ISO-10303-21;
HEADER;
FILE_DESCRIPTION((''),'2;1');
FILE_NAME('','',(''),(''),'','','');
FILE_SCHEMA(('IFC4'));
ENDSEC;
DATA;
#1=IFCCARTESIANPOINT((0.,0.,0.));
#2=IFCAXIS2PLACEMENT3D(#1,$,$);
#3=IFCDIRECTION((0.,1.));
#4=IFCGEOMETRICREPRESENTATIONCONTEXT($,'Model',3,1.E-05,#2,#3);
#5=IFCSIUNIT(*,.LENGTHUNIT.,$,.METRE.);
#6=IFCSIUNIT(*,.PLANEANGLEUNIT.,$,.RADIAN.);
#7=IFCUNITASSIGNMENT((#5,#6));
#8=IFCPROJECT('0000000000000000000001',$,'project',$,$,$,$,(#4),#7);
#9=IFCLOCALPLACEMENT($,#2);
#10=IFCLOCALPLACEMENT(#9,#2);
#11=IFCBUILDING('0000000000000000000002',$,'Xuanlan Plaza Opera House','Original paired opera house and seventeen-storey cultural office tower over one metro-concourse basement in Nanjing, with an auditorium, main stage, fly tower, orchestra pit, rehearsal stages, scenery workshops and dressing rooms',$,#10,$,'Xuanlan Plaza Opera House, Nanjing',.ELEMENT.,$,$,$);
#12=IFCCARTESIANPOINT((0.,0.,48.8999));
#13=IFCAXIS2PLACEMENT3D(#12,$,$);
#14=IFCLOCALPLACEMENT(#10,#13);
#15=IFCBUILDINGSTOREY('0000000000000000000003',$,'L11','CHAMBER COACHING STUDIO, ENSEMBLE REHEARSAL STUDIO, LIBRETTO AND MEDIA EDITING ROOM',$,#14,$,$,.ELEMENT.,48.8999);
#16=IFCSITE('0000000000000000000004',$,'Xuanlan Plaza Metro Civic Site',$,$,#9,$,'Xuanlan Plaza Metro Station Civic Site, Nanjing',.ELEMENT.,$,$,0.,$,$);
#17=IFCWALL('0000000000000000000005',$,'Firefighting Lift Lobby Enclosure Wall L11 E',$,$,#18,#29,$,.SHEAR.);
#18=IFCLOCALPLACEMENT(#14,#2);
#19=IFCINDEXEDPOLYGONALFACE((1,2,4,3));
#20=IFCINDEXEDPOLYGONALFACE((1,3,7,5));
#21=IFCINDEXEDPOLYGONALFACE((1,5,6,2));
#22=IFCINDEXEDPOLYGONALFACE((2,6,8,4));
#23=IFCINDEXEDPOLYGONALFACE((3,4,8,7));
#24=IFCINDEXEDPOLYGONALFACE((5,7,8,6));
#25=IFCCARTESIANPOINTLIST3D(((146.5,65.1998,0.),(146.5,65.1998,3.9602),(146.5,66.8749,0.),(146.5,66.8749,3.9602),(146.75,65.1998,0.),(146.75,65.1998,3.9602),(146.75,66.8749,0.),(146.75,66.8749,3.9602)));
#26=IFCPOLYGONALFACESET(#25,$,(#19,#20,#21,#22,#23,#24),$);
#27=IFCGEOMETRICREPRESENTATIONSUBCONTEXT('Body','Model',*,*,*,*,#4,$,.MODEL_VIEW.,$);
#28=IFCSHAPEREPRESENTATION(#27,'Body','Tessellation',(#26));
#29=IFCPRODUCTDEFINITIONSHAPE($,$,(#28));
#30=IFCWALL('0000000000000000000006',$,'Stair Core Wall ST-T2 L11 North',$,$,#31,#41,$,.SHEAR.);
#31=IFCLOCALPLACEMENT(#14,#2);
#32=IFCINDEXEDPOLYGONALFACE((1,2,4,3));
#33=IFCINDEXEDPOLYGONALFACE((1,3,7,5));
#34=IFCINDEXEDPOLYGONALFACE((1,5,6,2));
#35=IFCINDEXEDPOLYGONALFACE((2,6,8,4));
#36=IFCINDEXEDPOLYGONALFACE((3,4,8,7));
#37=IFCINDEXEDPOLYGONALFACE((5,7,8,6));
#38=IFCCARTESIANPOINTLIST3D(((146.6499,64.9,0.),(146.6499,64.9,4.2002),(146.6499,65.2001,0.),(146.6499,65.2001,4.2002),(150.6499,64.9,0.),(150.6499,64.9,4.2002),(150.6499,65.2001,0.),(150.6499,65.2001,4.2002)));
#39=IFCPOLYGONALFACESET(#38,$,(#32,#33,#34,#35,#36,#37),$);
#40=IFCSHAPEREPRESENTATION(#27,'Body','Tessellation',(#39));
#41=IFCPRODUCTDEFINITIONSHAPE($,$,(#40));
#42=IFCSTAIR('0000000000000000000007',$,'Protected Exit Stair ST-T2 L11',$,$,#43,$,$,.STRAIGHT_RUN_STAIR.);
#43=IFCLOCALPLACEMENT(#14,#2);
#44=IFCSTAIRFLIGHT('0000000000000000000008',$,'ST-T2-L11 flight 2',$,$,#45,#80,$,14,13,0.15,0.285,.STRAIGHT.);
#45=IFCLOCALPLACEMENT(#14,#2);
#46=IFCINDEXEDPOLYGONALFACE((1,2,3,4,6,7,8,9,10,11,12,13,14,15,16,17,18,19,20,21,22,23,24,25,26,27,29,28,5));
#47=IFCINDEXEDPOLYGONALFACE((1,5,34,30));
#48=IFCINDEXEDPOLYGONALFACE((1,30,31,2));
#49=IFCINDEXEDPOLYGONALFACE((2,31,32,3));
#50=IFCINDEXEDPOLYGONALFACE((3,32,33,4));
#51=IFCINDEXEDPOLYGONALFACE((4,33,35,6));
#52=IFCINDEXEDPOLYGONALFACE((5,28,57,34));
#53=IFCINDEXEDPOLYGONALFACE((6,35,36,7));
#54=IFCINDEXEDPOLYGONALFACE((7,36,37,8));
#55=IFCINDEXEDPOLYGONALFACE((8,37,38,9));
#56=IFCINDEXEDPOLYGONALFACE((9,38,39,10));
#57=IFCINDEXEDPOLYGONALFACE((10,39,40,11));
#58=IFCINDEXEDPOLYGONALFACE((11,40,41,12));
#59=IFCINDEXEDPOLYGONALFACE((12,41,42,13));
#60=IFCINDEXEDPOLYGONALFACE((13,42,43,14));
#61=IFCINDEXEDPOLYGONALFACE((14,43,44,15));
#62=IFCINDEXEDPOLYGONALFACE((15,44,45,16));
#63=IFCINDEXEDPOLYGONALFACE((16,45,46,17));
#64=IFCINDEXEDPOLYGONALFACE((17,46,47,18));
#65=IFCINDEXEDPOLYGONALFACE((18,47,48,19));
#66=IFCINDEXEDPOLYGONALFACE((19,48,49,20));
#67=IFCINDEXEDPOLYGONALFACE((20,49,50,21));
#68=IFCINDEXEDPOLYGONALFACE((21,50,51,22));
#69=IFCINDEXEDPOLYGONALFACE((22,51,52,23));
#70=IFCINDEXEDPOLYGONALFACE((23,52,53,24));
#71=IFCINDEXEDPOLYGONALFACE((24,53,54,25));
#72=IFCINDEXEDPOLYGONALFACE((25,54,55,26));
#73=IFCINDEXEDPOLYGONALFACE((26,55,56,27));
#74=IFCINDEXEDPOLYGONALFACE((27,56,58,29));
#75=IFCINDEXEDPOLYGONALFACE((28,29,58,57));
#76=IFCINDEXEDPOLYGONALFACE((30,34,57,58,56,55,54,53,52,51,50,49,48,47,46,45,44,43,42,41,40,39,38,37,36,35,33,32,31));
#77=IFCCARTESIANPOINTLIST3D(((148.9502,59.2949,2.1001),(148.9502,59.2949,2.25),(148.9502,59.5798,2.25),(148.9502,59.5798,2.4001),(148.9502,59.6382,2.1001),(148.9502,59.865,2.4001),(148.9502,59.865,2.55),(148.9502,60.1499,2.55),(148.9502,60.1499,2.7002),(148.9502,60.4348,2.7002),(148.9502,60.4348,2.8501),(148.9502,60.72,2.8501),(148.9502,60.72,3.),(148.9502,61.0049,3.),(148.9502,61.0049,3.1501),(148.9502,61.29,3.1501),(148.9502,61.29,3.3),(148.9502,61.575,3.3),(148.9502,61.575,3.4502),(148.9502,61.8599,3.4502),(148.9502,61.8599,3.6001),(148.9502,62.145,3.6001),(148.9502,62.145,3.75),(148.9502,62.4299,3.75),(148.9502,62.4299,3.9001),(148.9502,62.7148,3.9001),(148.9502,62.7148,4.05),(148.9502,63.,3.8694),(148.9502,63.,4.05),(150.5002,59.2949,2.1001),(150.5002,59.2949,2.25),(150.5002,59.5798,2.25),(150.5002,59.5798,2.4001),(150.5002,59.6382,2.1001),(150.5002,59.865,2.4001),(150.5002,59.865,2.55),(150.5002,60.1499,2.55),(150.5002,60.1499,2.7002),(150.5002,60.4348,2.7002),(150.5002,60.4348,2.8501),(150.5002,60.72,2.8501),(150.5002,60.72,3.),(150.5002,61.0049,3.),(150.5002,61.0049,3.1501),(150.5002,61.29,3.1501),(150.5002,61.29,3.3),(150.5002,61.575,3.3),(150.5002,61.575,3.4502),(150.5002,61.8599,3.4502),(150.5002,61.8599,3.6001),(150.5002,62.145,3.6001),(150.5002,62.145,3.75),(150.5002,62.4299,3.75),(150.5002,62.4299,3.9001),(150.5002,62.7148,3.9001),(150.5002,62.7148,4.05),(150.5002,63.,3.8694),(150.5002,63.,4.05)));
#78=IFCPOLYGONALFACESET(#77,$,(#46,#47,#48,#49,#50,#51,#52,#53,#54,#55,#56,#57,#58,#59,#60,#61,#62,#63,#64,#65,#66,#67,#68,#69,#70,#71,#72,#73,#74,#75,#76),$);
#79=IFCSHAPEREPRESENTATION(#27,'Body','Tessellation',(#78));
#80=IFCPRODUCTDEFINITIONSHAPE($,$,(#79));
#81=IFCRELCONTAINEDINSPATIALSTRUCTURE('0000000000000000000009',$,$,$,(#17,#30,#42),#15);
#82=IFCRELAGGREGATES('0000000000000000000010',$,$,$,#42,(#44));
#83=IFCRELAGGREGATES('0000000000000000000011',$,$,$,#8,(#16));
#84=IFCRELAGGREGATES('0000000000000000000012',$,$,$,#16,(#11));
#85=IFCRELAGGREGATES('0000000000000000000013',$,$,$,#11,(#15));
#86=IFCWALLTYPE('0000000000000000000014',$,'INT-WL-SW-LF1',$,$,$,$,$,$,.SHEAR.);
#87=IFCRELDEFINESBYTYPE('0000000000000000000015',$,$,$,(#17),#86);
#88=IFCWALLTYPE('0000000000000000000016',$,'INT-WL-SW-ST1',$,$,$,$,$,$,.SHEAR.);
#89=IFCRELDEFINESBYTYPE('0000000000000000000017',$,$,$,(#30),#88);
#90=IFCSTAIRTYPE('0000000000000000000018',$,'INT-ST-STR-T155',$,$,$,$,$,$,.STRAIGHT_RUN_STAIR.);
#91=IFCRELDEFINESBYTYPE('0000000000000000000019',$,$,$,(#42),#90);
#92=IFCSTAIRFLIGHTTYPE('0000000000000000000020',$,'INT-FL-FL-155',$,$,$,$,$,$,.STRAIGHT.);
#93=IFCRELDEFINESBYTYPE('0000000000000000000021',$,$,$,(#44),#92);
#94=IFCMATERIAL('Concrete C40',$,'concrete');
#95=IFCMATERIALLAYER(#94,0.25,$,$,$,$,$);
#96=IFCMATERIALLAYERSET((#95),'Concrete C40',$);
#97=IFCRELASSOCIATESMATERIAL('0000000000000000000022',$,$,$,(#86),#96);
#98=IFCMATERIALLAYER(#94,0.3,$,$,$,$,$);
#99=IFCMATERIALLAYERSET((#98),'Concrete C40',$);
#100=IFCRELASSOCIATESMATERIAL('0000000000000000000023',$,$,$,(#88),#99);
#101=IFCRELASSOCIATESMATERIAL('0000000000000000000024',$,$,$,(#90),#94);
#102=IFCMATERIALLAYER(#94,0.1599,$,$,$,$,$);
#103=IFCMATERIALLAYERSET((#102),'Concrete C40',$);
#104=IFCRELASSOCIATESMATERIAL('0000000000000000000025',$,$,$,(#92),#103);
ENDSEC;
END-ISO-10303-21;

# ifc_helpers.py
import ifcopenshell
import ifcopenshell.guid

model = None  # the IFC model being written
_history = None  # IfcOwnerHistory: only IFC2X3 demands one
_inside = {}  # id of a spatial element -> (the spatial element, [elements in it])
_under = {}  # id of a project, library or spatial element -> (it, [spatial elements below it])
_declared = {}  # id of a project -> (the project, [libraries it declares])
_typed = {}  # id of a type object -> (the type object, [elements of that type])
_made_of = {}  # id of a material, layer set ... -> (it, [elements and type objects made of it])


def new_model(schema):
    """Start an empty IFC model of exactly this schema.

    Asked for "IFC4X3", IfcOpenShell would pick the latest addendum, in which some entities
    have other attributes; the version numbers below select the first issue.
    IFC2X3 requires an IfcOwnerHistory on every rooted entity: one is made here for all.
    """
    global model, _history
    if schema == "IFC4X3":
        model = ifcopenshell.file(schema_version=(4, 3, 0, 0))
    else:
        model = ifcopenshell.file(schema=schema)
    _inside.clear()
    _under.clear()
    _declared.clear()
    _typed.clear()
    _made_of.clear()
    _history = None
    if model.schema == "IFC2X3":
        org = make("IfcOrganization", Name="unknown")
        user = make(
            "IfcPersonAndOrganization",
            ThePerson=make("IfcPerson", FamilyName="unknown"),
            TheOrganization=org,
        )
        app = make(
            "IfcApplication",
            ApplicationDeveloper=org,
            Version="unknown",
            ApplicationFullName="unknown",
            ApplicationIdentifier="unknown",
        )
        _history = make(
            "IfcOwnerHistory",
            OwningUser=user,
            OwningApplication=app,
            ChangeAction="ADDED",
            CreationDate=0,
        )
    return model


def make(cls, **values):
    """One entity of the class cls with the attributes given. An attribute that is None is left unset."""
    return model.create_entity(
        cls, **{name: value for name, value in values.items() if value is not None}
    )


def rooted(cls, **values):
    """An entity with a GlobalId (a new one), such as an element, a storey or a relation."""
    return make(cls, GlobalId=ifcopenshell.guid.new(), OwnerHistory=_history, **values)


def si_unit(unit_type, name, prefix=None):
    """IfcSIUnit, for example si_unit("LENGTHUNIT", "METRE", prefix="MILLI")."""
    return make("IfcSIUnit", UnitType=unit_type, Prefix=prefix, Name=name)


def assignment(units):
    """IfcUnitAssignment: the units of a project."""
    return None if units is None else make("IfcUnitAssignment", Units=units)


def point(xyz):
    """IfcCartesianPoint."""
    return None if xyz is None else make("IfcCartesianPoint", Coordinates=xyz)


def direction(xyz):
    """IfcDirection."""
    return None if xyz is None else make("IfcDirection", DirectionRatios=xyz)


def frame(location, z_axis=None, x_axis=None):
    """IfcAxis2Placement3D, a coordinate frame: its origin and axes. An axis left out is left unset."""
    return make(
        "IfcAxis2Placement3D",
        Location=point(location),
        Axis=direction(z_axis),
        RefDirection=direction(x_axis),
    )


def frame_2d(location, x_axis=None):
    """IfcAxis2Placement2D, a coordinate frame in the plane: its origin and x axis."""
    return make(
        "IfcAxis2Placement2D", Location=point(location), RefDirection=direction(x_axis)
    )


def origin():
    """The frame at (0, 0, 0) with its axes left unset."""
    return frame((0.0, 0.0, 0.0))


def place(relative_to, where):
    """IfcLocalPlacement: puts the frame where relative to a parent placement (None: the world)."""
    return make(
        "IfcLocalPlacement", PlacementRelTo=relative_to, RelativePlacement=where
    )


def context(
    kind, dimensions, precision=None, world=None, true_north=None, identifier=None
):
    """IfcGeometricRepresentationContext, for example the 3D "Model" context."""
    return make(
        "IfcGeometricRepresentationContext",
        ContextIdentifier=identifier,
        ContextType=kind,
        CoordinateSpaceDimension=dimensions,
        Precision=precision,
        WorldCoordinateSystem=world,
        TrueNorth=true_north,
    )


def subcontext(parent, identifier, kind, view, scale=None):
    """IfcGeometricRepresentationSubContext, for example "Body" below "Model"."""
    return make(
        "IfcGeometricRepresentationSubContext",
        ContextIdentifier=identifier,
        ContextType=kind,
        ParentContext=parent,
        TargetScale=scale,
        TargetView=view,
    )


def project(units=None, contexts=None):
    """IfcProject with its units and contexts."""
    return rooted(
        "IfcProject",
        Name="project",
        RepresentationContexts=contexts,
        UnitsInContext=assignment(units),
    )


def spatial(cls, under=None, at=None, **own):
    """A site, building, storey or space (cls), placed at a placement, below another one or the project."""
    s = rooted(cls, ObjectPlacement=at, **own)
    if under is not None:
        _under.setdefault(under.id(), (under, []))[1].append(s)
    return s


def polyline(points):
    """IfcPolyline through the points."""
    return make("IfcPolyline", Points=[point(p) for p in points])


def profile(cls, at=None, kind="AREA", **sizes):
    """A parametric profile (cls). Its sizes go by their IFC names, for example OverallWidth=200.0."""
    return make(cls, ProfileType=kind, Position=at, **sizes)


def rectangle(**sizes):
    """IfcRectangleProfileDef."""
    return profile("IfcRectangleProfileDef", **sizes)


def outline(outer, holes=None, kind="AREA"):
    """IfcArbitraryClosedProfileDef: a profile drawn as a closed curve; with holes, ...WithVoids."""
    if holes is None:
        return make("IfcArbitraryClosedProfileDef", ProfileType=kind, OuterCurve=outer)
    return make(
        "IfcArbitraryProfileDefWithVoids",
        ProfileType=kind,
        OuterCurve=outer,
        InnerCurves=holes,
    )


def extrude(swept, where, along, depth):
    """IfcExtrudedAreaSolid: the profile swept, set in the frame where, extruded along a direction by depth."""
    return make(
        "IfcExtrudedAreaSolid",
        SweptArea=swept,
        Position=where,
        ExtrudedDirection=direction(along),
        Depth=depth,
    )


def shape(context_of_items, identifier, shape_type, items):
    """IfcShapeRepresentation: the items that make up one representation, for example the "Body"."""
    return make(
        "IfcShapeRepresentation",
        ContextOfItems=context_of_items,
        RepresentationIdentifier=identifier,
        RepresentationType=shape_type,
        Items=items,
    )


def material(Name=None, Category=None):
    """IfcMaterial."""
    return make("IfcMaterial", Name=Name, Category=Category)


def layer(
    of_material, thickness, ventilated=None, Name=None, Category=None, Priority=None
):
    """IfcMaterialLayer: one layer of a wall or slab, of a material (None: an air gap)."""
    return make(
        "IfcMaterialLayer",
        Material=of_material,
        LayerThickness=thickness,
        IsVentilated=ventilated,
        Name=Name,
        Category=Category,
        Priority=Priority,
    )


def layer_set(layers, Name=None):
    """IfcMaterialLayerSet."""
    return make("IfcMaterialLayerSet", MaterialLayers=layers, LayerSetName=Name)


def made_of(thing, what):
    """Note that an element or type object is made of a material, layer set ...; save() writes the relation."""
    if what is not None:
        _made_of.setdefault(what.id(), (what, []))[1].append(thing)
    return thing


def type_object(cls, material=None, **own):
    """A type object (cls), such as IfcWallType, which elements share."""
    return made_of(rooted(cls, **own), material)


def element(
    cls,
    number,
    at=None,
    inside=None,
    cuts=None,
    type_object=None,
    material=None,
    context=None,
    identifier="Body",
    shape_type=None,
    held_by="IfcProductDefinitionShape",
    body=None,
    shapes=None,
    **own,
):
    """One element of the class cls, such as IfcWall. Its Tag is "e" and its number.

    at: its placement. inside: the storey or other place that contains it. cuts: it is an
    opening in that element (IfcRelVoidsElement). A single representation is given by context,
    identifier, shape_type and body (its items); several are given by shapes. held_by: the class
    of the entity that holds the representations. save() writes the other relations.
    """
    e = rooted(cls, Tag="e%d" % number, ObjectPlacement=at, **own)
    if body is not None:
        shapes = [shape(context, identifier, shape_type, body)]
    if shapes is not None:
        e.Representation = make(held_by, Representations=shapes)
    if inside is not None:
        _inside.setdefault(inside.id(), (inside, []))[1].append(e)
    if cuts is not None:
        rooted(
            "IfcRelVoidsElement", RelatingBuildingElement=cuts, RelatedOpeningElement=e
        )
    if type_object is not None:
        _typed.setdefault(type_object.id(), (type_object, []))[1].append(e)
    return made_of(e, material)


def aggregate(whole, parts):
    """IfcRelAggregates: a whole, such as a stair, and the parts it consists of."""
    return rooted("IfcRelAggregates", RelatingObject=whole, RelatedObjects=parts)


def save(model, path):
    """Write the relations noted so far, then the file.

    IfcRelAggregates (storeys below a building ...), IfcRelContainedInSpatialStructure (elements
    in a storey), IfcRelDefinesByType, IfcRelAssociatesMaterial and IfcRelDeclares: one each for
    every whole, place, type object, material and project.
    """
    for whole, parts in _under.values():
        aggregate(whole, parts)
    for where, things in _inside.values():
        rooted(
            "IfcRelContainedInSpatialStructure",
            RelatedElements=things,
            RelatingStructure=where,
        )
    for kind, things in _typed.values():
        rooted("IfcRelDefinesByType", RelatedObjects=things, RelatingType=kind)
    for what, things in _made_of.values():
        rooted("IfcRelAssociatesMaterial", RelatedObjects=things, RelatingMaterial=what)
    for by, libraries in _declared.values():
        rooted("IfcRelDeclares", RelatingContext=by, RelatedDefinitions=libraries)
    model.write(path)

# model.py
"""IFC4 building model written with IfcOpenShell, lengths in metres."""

from ifc_helpers import new_model, si_unit, direction, frame, frame_2d, origin, place, context, subcontext, project, spatial, polyline, rectangle, outline, extrude, material, layer, layer_set, type_object, element, aggregate, save


model = new_model("IFC4")

# Units and contexts
model_context = context("Model", 3, precision=1e-05, world=origin(), true_north=direction((0.0, 1.0)))
body_context = subcontext(model_context, "Body", "Model", "MODEL_VIEW")
ifc_project = project(units=[si_unit("LENGTHUNIT", "METRE"), si_unit("PLANEANGLEUNIT", "RADIAN")], contexts=[model_context])

# Site, building, storey
site_placement = place(None, origin())
site = spatial("IfcSite", under=ifc_project, at=site_placement, Name="Xuanlan Plaza Metro Civic Site", LongName="Xuanlan Plaza Metro Station Civic Site, Nanjing", CompositionType="ELEMENT", RefElevation=0.0)
building_placement = place(site_placement, origin())
building = spatial("IfcBuilding", under=site, at=building_placement, Name="Xuanlan Plaza Opera House", Description="Original paired opera house and seventeen-storey cultural office tower over one metro-concourse basement in Nanjing, with an auditorium, main stage, fly tower, orchestra pit, rehearsal stages, scenery workshops and dressing rooms", LongName="Xuanlan Plaza Opera House, Nanjing", CompositionType="ELEMENT")
storey_placement = place(building_placement, frame((0.0, 0.0, 48.8999)))
storey = spatial("IfcBuildingStorey", under=building, at=storey_placement, Name="L11", Description="CHAMBER COACHING STUDIO, ENSEMBLE REHEARSAL STUDIO, LIBRETTO AND MEDIA EDITING ROOM", CompositionType="ELEMENT", Elevation=48.8999)

# Shared definitions
ifc_material_1 = material(Name="Concrete C40", Category="concrete")

# Shared definitions
ifc_layer_1 = layer(ifc_material_1, 0.25)
ifc_layer_set_1 = layer_set([ifc_layer_1], Name="Concrete C40")
wall_type_1 = type_object("IfcWallType", Name="INT-WL-SW-LF1", PredefinedType="SHEAR", material=ifc_layer_set_1)

# Walls
wall_1_placement = place(storey_placement, frame((146.625, 65.2, 0.0), z_axis=(0.0, 0.0, 1.0), x_axis=(0.0, 1.0, 0.0)))
element("IfcWall", 1, at=wall_1_placement, inside=storey, type_object=wall_type_1, Name="Firefighting Lift Lobby Enclosure Wall L11 E", PredefinedType="SHEAR", context=body_context, shape_type="SweptSolid", body=[
    extrude(rectangle(XDim=1.675, YDim=0.25, at=frame_2d((0.8374, 0.0))), origin(), (0.0, 0.0, 1.0), 3.9602),
])
ifc_layer_2 = layer(ifc_material_1, 0.3)
ifc_layer_set_2 = layer_set([ifc_layer_2], Name="Concrete C40")
wall_type_2 = type_object("IfcWallType", Name="INT-WL-SW-ST1", PredefinedType="SHEAR", material=ifc_layer_set_2)
wall_2_placement = place(storey_placement, frame((146.6499, 65.05, 0.0), z_axis=(0.0, 0.0, 1.0), x_axis=(1.0, 0.0, 0.0)))
element("IfcWall", 2, at=wall_2_placement, inside=storey, type_object=wall_type_2, Name="Stair Core Wall ST-T2 L11 North", PredefinedType="SHEAR", context=body_context, shape_type="SweptSolid", body=[
    extrude(rectangle(XDim=4.0, YDim=0.3, at=frame_2d((2.0, 0.0))), origin(), (0.0, 0.0, 1.0), 4.2002),
])

# Stair, stair flight
stair_type = type_object("IfcStairType", Name="INT-ST-STR-T155", PredefinedType="STRAIGHT_RUN_STAIR", material=ifc_material_1)
stair_placement = place(storey_placement, origin())
stair = element("IfcStair", 3, at=stair_placement, inside=storey, type_object=stair_type, Name="Protected Exit Stair ST-T2 L11", PredefinedType="STRAIGHT_RUN_STAIR")
ifc_layer_3 = layer(ifc_material_1, 0.1599)
ifc_layer_set_3 = layer_set([ifc_layer_3], Name="Concrete C40")
stair_flight_type = type_object("IfcStairFlightType", Name="INT-FL-FL-155", PredefinedType="STRAIGHT", material=ifc_layer_set_3)
stair_flight_placement = place(storey_placement, frame((149.7251, 59.2949, 2.1001), z_axis=(0.0, 0.0, 1.0), x_axis=(0.0, 1.0, 0.0)))
stair_flight = element("IfcStairFlight", 4, at=stair_flight_placement, type_object=stair_flight_type, Name="ST-T2-L11 flight 2", NumberOfRisers=14, NumberOfTreads=13, PredefinedType="STRAIGHT", RiserHeight=0.15, TreadLength=0.285, context=body_context, shape_type="SweptSolid", body=[
    extrude(outline(polyline([(0.0, 0.0), (0.0, 0.1499), (0.2849, 0.1499), (0.2849, 0.3), (0.5701, 0.3), (0.5701, 0.45), (0.855, 0.45), (0.855, 0.6001), (1.1399, 0.6001), (1.1399, 0.75), (1.425, 0.75), (1.425, 0.8999), (1.71, 0.8999), (1.71, 1.05), (1.9951, 1.05), (1.9951, 1.2), (2.28, 1.2), (2.28, 1.3501), (2.5649, 1.3501), (2.5649, 1.5), (2.8501, 1.5), (2.8501, 1.6499), (3.135, 1.6499), (3.135, 1.8), (3.4199, 1.8), (3.4199, 1.95), (3.7051, 1.95), (3.7051, 2.1001), (3.7051, 1.7693), (0.3433, 0.0), (0.0, 0.0)])), frame((0.0, 0.7749, 0.0), z_axis=(0.0, -1.0, 0.0), x_axis=(1.0, 0.0, 0.0)), (0.0, 0.0, 1.0), 1.55),
])
aggregate(stair, [stair_flight])

save(model, "model.ifc")
